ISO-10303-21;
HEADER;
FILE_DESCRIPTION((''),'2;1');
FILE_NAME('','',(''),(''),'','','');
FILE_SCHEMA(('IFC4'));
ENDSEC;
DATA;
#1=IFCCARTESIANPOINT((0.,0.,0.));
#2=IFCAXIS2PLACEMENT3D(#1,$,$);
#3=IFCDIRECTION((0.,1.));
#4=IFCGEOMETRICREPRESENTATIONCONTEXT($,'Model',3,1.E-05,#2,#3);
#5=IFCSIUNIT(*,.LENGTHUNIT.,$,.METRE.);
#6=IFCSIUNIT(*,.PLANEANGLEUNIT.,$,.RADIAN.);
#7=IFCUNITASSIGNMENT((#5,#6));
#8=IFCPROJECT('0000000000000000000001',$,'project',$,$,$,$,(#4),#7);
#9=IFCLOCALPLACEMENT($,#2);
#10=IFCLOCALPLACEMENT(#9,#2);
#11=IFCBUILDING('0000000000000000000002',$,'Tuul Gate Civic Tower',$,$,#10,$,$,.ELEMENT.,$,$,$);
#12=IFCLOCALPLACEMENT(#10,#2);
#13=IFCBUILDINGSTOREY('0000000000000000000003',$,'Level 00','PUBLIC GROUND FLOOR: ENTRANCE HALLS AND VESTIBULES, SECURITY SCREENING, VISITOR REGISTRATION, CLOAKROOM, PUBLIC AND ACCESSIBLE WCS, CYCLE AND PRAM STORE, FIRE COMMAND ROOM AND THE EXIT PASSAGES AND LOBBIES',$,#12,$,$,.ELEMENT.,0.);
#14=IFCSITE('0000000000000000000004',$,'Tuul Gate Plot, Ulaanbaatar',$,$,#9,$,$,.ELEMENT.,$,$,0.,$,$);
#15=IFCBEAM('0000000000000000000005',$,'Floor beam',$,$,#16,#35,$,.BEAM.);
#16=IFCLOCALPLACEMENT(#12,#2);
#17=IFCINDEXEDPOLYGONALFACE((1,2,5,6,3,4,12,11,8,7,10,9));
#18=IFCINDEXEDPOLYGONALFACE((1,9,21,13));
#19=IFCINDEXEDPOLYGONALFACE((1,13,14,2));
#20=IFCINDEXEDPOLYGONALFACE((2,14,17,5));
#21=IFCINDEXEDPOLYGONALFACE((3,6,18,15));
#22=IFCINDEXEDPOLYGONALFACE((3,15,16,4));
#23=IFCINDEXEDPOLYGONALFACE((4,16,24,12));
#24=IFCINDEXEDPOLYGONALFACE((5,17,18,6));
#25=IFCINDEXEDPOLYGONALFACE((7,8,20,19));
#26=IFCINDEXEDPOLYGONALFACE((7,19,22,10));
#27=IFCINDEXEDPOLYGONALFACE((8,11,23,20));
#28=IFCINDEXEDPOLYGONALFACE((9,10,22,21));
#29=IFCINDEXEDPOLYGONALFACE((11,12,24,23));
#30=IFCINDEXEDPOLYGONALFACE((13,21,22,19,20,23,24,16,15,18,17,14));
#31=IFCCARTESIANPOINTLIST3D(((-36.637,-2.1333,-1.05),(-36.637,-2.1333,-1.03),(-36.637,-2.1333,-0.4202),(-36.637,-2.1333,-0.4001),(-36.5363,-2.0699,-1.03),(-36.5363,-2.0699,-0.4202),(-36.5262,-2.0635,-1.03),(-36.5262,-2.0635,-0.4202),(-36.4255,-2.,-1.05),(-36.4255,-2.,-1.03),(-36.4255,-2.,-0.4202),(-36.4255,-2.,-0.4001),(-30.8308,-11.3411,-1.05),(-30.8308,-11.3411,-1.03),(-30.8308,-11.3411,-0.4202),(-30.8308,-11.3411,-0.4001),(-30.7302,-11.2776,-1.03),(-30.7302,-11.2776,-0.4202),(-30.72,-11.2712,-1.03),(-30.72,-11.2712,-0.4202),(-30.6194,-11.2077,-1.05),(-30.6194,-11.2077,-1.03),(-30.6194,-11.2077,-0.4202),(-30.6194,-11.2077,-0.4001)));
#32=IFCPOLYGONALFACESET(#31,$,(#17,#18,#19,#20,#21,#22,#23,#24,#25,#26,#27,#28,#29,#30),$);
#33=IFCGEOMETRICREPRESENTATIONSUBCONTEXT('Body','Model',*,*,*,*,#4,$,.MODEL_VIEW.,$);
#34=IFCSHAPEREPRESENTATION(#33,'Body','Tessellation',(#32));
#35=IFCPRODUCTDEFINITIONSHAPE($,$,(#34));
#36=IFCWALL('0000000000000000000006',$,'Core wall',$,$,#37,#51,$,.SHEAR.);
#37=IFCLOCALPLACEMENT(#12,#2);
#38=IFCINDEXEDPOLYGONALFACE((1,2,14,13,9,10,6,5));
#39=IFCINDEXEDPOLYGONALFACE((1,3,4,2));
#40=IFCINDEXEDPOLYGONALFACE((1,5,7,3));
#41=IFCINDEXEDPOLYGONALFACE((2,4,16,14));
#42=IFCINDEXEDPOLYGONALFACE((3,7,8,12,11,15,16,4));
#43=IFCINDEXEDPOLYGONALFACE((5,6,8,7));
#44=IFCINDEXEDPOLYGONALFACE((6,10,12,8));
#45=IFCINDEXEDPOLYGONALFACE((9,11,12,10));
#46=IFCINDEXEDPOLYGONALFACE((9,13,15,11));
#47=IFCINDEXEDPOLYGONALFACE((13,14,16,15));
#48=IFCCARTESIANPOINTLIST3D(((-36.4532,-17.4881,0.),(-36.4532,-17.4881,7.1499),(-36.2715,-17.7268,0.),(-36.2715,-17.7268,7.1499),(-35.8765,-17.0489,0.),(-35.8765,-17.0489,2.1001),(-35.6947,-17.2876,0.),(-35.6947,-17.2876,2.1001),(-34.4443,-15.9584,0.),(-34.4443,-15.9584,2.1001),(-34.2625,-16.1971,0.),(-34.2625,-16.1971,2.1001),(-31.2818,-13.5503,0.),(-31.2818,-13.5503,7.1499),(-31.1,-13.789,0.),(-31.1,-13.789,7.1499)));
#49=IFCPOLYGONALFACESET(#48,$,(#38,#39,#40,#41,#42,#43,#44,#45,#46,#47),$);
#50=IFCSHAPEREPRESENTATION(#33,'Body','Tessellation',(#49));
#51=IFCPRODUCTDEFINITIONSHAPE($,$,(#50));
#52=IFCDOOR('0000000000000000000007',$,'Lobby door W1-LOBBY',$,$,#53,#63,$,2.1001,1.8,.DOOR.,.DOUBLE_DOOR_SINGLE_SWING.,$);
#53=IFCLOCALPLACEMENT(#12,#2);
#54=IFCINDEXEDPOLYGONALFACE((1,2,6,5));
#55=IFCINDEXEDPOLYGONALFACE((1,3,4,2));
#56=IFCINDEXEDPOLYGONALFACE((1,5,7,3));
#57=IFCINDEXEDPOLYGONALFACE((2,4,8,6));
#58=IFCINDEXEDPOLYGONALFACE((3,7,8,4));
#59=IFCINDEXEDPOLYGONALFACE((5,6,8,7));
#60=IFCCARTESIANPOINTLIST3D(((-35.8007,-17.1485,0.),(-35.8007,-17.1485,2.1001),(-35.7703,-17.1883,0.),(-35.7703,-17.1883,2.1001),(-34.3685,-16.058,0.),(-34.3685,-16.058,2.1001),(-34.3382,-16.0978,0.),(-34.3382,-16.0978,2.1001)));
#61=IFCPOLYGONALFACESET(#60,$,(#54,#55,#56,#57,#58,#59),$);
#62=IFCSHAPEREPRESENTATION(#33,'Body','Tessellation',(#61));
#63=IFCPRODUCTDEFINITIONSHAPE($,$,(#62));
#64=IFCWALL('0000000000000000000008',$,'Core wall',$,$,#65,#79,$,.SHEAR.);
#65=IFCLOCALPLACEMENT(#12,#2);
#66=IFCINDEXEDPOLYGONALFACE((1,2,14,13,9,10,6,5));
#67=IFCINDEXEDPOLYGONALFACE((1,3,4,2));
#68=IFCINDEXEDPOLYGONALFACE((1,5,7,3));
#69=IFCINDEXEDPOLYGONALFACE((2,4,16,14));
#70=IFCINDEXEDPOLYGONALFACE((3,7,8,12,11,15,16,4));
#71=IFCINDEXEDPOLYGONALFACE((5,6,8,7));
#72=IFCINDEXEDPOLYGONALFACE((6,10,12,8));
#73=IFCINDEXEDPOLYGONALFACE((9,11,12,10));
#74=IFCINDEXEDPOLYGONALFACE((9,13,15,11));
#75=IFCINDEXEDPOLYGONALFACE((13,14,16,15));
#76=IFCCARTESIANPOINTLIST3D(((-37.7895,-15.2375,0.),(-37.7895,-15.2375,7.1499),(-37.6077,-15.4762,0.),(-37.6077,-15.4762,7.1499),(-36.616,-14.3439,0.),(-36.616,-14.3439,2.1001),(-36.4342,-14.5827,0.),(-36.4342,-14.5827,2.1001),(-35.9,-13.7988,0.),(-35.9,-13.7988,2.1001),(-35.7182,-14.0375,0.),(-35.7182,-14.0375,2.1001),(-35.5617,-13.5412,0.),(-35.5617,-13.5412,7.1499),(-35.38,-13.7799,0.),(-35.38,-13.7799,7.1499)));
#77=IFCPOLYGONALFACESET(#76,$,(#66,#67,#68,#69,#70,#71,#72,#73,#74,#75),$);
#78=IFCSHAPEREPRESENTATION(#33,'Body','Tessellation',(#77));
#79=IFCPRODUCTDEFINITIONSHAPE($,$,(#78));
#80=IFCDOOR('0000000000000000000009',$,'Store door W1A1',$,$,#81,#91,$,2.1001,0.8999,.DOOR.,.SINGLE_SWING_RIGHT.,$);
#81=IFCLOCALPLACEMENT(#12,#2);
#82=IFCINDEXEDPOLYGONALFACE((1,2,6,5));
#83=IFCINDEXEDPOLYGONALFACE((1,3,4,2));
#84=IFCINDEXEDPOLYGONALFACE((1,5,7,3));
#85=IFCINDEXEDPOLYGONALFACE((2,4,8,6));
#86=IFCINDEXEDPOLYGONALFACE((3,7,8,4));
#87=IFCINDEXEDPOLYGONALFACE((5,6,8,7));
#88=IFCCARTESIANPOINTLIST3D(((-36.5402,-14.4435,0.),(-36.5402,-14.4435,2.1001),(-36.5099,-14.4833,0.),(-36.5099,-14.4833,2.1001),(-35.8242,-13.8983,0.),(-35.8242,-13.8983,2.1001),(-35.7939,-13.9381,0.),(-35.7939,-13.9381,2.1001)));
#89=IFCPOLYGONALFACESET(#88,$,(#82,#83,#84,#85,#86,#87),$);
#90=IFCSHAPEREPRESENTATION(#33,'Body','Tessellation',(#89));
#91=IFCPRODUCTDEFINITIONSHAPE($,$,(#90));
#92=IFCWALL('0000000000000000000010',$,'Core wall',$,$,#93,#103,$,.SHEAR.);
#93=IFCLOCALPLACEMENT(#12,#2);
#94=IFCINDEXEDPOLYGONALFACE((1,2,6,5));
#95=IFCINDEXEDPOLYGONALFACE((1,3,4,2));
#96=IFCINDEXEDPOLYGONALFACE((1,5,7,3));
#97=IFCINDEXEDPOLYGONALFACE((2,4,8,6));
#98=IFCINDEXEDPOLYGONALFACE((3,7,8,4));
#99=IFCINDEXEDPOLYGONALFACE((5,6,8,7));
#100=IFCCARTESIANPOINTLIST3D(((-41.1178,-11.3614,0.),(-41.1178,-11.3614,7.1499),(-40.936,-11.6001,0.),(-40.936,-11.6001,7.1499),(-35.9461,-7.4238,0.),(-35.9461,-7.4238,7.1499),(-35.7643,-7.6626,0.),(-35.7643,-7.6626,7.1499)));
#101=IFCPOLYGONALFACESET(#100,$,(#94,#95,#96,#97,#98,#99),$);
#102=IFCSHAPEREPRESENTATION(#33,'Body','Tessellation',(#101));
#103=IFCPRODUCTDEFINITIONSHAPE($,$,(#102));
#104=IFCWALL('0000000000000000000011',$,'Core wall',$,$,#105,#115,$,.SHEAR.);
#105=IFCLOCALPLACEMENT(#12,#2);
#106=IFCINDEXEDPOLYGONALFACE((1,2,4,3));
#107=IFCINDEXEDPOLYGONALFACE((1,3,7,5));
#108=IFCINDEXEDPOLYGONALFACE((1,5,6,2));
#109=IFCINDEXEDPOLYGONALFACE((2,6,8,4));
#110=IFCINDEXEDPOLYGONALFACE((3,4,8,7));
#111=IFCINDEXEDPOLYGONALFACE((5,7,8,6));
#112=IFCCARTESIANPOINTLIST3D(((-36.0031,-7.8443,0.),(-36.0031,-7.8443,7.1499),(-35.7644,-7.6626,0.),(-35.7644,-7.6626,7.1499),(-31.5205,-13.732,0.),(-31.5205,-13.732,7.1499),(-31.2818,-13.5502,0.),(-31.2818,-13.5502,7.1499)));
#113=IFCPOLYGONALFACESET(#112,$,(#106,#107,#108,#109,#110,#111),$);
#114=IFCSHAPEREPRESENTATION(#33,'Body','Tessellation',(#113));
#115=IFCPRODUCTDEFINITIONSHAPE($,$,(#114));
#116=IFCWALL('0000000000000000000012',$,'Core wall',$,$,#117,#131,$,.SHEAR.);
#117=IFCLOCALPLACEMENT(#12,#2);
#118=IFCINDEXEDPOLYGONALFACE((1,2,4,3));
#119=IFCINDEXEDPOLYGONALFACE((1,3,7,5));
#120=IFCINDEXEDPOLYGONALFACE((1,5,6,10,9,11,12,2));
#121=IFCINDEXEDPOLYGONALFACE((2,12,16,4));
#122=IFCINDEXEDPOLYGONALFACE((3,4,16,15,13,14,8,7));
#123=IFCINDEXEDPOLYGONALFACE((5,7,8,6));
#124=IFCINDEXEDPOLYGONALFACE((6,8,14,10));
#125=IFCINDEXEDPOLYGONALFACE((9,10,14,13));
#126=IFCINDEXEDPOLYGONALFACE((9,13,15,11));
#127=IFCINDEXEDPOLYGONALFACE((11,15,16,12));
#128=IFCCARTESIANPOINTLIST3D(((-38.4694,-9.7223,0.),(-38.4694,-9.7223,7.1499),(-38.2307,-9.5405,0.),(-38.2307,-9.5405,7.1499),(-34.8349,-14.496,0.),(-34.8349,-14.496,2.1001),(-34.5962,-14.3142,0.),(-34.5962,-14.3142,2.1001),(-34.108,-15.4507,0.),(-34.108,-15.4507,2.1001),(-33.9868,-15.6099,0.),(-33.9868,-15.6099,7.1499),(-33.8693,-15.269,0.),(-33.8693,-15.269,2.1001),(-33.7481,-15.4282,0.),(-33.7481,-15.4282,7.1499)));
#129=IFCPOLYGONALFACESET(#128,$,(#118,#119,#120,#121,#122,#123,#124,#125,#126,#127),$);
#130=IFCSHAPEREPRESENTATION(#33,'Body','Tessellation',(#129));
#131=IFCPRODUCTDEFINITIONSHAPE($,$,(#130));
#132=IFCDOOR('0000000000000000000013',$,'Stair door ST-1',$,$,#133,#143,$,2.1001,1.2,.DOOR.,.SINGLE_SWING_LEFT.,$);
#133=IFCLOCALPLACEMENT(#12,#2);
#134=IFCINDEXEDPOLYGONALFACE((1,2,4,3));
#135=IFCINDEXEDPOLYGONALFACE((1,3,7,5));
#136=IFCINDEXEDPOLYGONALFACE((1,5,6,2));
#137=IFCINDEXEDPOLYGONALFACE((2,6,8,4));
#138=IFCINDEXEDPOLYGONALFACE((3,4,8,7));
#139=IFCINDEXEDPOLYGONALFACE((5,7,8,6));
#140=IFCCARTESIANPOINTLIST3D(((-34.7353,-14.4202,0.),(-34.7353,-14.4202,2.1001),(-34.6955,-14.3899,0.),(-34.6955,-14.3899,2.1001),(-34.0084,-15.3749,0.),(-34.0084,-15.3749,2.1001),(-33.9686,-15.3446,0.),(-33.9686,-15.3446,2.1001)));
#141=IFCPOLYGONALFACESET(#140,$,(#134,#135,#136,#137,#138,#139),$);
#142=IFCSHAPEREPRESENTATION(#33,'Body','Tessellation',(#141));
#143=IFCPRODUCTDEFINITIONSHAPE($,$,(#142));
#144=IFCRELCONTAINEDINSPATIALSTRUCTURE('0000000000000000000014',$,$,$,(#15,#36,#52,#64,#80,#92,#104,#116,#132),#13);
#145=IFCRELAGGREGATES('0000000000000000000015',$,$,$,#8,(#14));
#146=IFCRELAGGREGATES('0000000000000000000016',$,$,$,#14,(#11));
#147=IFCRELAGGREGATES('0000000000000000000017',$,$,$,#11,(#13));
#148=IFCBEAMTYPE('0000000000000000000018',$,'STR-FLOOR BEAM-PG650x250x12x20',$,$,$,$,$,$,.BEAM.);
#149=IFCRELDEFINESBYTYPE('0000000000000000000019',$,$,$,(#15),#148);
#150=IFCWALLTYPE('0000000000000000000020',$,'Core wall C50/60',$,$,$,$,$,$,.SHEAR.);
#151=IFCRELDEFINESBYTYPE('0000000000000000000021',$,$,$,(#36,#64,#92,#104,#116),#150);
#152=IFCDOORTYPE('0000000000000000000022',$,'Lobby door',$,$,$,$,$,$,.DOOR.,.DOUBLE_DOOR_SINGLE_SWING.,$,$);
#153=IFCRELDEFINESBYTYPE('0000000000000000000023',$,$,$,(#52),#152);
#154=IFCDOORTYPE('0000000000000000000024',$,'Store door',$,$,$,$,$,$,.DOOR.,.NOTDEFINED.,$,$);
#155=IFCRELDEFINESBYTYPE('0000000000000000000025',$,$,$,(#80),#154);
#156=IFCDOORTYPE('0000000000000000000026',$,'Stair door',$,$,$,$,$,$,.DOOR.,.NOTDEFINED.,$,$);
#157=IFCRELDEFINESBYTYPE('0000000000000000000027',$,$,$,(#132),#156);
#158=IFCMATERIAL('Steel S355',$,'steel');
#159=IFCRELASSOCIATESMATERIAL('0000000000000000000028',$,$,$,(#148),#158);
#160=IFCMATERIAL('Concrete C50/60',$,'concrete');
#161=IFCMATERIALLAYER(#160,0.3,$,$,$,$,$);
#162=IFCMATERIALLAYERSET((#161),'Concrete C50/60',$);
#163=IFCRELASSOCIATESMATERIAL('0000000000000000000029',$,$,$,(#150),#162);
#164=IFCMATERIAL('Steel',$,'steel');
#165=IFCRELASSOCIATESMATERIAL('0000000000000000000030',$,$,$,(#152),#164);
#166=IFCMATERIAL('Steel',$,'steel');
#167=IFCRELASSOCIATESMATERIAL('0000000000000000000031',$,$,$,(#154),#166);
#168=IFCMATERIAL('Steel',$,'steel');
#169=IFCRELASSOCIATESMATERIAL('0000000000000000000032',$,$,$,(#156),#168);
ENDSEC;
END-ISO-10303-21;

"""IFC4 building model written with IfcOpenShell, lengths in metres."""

from ifc_helpers import new_model, si_unit, direction, frame, frame_2d, origin, origin_2d, place, context, subcontext, project, spatial, rectangle, i_section, extrude, material, layer, layer_set, material_profile, profile_set, type_object, element, fill, save


model = new_model("IFC4")

# Units and contexts
model_context = context("Model", 3, precision=1e-05, world=origin(), true_north=direction((0.0, 1.0)))
body_context = subcontext(model_context, "Body", "Model", "MODEL_VIEW")
ifc_project = project(units=[si_unit("LENGTHUNIT", "METRE"), si_unit("PLANEANGLEUNIT", "RADIAN")], contexts=[model_context])

# Site, building, storey
site_placement = place(None, origin())
site = spatial("IfcSite", under=ifc_project, at=site_placement, Name="Tuul Gate Plot, Ulaanbaatar", CompositionType="ELEMENT", RefElevation=0.0)
building_placement = place(site_placement, origin())
building = spatial("IfcBuilding", under=site, at=building_placement, Name="Tuul Gate Civic Tower", CompositionType="ELEMENT")
storey_placement = place(building_placement, origin())
storey = spatial("IfcBuildingStorey", under=building, at=storey_placement, Name="Level 00", Description="PUBLIC GROUND FLOOR: ENTRANCE HALLS AND VESTIBULES, SECURITY SCREENING, VISITOR REGISTRATION, CLOAKROOM, PUBLIC AND ACCESSIBLE WCS, CYCLE AND PRAM STORE, FIRE COMMAND ROOM AND THE EXIT PASSAGES AND LOBBIES", CompositionType="ELEMENT", Elevation=0.0)

# Beam
ifc_material_1 = material(Name="Steel S355", Category="steel")
ifc_material_profile = material_profile(ifc_material_1, i_section(OverallWidth=0.25, OverallDepth=0.6499, WebThickness=0.012, FlangeThickness=0.02, at=origin_2d()), Name="PG650x250x12x20")
ifc_profile_set = profile_set([ifc_material_profile], Name="Steel S355")
beam_type = type_object("IfcBeamType", Name="STR-FLOOR BEAM-PG650x250x12x20", PredefinedType="BEAM", material=ifc_profile_set)
beam_placement = place(storey_placement, frame((-30.7251, -11.2744, -0.7251), z_axis=(-0.533384, 0.845873, 0.0), x_axis=(-0.845873, -0.533384, 0.0)))
element("IfcBeam", 1, at=beam_placement, inside=storey, type_object=beam_type, Name="Floor beam", PredefinedType="BEAM", context=body_context, shape_type="SweptSolid", body=[
    extrude(i_section(OverallWidth=0.25, OverallDepth=0.6499, WebThickness=0.012, FlangeThickness=0.02, at=origin_2d()), origin(), (0.0, 0.0, 1.0), 10.8855),
])

# Walls, openings, doors
ifc_material_2 = material(Name="Concrete C50/60", Category="concrete")
ifc_layer = layer(ifc_material_2, 0.3)
ifc_layer_set = layer_set([ifc_layer], Name="Concrete C50/60")
wall_type = type_object("IfcWallType", Name="Core wall C50/60", PredefinedType="SHEAR", material=ifc_layer_set)
wall_1_placement = place(storey_placement, frame((-31.1909, -13.6697, 0.0), z_axis=(0.0, 0.0, 1.0), x_axis=(-0.795607, -0.605813, 0.0)))
wall_1 = element("IfcWall", 2, at=wall_1_placement, inside=storey, type_object=wall_type, Name="Core wall", PredefinedType="SHEAR", context=body_context, shape_type="SweptSolid", body=[
    extrude(rectangle(XDim=6.5, YDim=0.3, at=frame_2d((3.25, 0.0))), origin(), (0.0, 0.0, 1.0), 7.1499),
])
opening_1_placement = place(wall_1_placement, frame((3.9751, 0.0, 0.0)))
opening_1 = element("IfcOpeningElement", 3, at=opening_1_placement, cuts=wall_1, PredefinedType="OPENING", context=body_context, shape_type="SweptSolid", body=[
    extrude(rectangle(XDim=1.8, YDim=2.1001, at=frame_2d((0.8999, 1.05))), frame((0.0, 0.1602, 0.0), z_axis=(0.0, -1.0, 0.0), x_axis=(1.0, 0.0, 0.0)), (0.0, 0.0, 1.0), 0.3201),
])
ifc_material_3 = material(Name="Steel", Category="steel")
door_type_1 = type_object("IfcDoorType", Name="Lobby door", OperationType="DOUBLE_DOOR_SINGLE_SWING", PredefinedType="DOOR", material=ifc_material_3)
door_1_placement = place(opening_1_placement, frame((1.8, 0.0, 0.0), z_axis=(0.0, 0.0, 1.0), x_axis=(-1.0, 0.0, 0.0)))
door_1 = element("IfcDoor", 4, at=door_1_placement, inside=storey, type_object=door_type_1, Name="Lobby door W1-LOBBY", OperationType="DOUBLE_DOOR_SINGLE_SWING", OverallHeight=2.1001, OverallWidth=1.8, PredefinedType="DOOR", context=body_context, shape_type="SweptSolid", body=[
    extrude(rectangle(XDim=1.8, YDim=2.1001, at=frame_2d((0.9001, 1.05))), frame((0.0, 0.0249, 0.0), z_axis=(0.0, -1.0, 0.0), x_axis=(1.0, 0.0, 0.0)), (0.0, 0.0, 1.0), 0.05),
])
fill(opening_1, door_1)
wall_2_placement = place(storey_placement, frame((-35.4709, -13.6606, 0.0), z_axis=(0.0, 0.0, 1.0), x_axis=(-0.795616, -0.605802, 0.0)))
wall_2 = element("IfcWall", 5, at=wall_2_placement, inside=storey, type_object=wall_type, Name="Core wall", PredefinedType="SHEAR", context=body_context, shape_type="SweptSolid", body=[
    extrude(rectangle(XDim=2.8, YDim=0.3, at=frame_2d((1.3999, 0.0))), origin(), (0.0, 0.0, 1.0), 7.1499),
])
opening_2_placement = place(wall_2_placement, frame((0.425, 0.0, 0.0)))
opening_2 = element("IfcOpeningElement", 6, at=opening_2_placement, cuts=wall_2, PredefinedType="OPENING", context=body_context, shape_type="SweptSolid", body=[
    extrude(rectangle(XDim=0.8999, YDim=2.1001, at=frame_2d((0.45, 1.05))), frame((0.0, 0.1602, 0.0), z_axis=(0.0, -1.0, 0.0), x_axis=(1.0, 0.0, 0.0)), (0.0, 0.0, 1.0), 0.3201),
])
ifc_material_4 = material(Name="Steel", Category="steel")
door_type_2 = type_object("IfcDoorType", Name="Store door", OperationType="NOTDEFINED", PredefinedType="DOOR", material=ifc_material_4)
door_2_placement = place(opening_2_placement, frame((0.8999, 0.0, 0.0), z_axis=(0.0, 0.0, 1.0), x_axis=(-1.0, 0.0, 0.0)))
door_2 = element("IfcDoor", 7, at=door_2_placement, inside=storey, type_object=door_type_2, Name="Store door W1A1", OperationType="SINGLE_SWING_RIGHT", OverallHeight=2.1001, OverallWidth=0.8999, PredefinedType="DOOR", context=body_context, shape_type="SweptSolid", body=[
    extrude(rectangle(XDim=0.8999, YDim=2.1001, at=frame_2d((0.45, 1.05))), frame((0.0, 0.0249, 0.0), z_axis=(0.0, -1.0, 0.0), x_axis=(1.0, 0.0, 0.0)), (0.0, 0.0, 1.0), 0.05),
])
fill(opening_2, door_2)

# Walls
wall_3_placement = place(storey_placement, frame((-35.8552, -7.5432, 0.0), z_axis=(0.0, 0.0, 1.0), x_axis=(-0.795639, -0.605772, 0.0)))
element("IfcWall", 8, at=wall_3_placement, inside=storey, type_object=wall_type, Name="Core wall", PredefinedType="SHEAR", context=body_context, shape_type="SweptSolid", body=[
    extrude(rectangle(XDim=6.5, YDim=0.3, at=frame_2d((3.25, 0.0))), origin(), (0.0, 0.0, 1.0), 7.1499),
])
wall_4_placement = place(storey_placement, frame((-31.4011, -13.6411, 0.0), z_axis=(0.0, 0.0, 1.0), x_axis=(-0.60577, 0.79564, 0.0)))
element("IfcWall", 9, at=wall_4_placement, inside=storey, type_object=wall_type, Name="Core wall", PredefinedType="SHEAR", context=body_context, shape_type="SweptSolid", body=[
    extrude(rectangle(XDim=7.3999, YDim=0.3, at=frame_2d((3.7, 0.0))), origin(), (0.0, 0.0, 1.0), 7.1499),
])

# Wall, opening, door
wall_5_placement = place(storey_placement, frame((-33.8674, -15.519, 0.0), z_axis=(0.0, 0.0, 1.0), x_axis=(-0.60577, 0.79564, 0.0)))
wall_5 = element("IfcWall", 10, at=wall_5_placement, inside=storey, type_object=wall_type, Name="Core wall", PredefinedType="SHEAR", context=body_context, shape_type="SweptSolid", body=[
    extrude(rectangle(XDim=7.3999, YDim=0.3, at=frame_2d((3.7, 0.0))), origin(), (0.0, 0.0, 1.0), 7.1499),
])
opening_3_placement = place(wall_5_placement, frame((0.2, 0.0, 0.0)))
opening_3 = element("IfcOpeningElement", 11, at=opening_3_placement, cuts=wall_5, PredefinedType="OPENING", context=body_context, shape_type="SweptSolid", body=[
    extrude(rectangle(XDim=1.2, YDim=2.1001, at=frame_2d((0.6001, 1.05))), frame((0.0, 0.1602, 0.0), z_axis=(0.0, -1.0, 0.0), x_axis=(1.0, 0.0, 0.0)), (0.0, 0.0, 1.0), 0.3201),
])
ifc_material_5 = material(Name="Steel", Category="steel")
door_type_3 = type_object("IfcDoorType", Name="Stair door", OperationType="NOTDEFINED", PredefinedType="DOOR", material=ifc_material_5)
door_3_placement = place(opening_3_placement, origin())
door_3 = element("IfcDoor", 12, at=door_3_placement, inside=storey, type_object=door_type_3, Name="Stair door ST-1", OperationType="SINGLE_SWING_LEFT", OverallHeight=2.1001, OverallWidth=1.2, PredefinedType="DOOR", context=body_context, shape_type="SweptSolid", body=[
    extrude(rectangle(XDim=1.2, YDim=2.1001, at=frame_2d((0.6001, 1.05))), frame((0.0, 0.0249, 0.0), z_axis=(0.0, -1.0, 0.0), x_axis=(1.0, 0.0, 0.0)), (0.0, 0.0, 1.0), 0.05),
])
fill(opening_3, door_3)

save(model, "model.ifc")
